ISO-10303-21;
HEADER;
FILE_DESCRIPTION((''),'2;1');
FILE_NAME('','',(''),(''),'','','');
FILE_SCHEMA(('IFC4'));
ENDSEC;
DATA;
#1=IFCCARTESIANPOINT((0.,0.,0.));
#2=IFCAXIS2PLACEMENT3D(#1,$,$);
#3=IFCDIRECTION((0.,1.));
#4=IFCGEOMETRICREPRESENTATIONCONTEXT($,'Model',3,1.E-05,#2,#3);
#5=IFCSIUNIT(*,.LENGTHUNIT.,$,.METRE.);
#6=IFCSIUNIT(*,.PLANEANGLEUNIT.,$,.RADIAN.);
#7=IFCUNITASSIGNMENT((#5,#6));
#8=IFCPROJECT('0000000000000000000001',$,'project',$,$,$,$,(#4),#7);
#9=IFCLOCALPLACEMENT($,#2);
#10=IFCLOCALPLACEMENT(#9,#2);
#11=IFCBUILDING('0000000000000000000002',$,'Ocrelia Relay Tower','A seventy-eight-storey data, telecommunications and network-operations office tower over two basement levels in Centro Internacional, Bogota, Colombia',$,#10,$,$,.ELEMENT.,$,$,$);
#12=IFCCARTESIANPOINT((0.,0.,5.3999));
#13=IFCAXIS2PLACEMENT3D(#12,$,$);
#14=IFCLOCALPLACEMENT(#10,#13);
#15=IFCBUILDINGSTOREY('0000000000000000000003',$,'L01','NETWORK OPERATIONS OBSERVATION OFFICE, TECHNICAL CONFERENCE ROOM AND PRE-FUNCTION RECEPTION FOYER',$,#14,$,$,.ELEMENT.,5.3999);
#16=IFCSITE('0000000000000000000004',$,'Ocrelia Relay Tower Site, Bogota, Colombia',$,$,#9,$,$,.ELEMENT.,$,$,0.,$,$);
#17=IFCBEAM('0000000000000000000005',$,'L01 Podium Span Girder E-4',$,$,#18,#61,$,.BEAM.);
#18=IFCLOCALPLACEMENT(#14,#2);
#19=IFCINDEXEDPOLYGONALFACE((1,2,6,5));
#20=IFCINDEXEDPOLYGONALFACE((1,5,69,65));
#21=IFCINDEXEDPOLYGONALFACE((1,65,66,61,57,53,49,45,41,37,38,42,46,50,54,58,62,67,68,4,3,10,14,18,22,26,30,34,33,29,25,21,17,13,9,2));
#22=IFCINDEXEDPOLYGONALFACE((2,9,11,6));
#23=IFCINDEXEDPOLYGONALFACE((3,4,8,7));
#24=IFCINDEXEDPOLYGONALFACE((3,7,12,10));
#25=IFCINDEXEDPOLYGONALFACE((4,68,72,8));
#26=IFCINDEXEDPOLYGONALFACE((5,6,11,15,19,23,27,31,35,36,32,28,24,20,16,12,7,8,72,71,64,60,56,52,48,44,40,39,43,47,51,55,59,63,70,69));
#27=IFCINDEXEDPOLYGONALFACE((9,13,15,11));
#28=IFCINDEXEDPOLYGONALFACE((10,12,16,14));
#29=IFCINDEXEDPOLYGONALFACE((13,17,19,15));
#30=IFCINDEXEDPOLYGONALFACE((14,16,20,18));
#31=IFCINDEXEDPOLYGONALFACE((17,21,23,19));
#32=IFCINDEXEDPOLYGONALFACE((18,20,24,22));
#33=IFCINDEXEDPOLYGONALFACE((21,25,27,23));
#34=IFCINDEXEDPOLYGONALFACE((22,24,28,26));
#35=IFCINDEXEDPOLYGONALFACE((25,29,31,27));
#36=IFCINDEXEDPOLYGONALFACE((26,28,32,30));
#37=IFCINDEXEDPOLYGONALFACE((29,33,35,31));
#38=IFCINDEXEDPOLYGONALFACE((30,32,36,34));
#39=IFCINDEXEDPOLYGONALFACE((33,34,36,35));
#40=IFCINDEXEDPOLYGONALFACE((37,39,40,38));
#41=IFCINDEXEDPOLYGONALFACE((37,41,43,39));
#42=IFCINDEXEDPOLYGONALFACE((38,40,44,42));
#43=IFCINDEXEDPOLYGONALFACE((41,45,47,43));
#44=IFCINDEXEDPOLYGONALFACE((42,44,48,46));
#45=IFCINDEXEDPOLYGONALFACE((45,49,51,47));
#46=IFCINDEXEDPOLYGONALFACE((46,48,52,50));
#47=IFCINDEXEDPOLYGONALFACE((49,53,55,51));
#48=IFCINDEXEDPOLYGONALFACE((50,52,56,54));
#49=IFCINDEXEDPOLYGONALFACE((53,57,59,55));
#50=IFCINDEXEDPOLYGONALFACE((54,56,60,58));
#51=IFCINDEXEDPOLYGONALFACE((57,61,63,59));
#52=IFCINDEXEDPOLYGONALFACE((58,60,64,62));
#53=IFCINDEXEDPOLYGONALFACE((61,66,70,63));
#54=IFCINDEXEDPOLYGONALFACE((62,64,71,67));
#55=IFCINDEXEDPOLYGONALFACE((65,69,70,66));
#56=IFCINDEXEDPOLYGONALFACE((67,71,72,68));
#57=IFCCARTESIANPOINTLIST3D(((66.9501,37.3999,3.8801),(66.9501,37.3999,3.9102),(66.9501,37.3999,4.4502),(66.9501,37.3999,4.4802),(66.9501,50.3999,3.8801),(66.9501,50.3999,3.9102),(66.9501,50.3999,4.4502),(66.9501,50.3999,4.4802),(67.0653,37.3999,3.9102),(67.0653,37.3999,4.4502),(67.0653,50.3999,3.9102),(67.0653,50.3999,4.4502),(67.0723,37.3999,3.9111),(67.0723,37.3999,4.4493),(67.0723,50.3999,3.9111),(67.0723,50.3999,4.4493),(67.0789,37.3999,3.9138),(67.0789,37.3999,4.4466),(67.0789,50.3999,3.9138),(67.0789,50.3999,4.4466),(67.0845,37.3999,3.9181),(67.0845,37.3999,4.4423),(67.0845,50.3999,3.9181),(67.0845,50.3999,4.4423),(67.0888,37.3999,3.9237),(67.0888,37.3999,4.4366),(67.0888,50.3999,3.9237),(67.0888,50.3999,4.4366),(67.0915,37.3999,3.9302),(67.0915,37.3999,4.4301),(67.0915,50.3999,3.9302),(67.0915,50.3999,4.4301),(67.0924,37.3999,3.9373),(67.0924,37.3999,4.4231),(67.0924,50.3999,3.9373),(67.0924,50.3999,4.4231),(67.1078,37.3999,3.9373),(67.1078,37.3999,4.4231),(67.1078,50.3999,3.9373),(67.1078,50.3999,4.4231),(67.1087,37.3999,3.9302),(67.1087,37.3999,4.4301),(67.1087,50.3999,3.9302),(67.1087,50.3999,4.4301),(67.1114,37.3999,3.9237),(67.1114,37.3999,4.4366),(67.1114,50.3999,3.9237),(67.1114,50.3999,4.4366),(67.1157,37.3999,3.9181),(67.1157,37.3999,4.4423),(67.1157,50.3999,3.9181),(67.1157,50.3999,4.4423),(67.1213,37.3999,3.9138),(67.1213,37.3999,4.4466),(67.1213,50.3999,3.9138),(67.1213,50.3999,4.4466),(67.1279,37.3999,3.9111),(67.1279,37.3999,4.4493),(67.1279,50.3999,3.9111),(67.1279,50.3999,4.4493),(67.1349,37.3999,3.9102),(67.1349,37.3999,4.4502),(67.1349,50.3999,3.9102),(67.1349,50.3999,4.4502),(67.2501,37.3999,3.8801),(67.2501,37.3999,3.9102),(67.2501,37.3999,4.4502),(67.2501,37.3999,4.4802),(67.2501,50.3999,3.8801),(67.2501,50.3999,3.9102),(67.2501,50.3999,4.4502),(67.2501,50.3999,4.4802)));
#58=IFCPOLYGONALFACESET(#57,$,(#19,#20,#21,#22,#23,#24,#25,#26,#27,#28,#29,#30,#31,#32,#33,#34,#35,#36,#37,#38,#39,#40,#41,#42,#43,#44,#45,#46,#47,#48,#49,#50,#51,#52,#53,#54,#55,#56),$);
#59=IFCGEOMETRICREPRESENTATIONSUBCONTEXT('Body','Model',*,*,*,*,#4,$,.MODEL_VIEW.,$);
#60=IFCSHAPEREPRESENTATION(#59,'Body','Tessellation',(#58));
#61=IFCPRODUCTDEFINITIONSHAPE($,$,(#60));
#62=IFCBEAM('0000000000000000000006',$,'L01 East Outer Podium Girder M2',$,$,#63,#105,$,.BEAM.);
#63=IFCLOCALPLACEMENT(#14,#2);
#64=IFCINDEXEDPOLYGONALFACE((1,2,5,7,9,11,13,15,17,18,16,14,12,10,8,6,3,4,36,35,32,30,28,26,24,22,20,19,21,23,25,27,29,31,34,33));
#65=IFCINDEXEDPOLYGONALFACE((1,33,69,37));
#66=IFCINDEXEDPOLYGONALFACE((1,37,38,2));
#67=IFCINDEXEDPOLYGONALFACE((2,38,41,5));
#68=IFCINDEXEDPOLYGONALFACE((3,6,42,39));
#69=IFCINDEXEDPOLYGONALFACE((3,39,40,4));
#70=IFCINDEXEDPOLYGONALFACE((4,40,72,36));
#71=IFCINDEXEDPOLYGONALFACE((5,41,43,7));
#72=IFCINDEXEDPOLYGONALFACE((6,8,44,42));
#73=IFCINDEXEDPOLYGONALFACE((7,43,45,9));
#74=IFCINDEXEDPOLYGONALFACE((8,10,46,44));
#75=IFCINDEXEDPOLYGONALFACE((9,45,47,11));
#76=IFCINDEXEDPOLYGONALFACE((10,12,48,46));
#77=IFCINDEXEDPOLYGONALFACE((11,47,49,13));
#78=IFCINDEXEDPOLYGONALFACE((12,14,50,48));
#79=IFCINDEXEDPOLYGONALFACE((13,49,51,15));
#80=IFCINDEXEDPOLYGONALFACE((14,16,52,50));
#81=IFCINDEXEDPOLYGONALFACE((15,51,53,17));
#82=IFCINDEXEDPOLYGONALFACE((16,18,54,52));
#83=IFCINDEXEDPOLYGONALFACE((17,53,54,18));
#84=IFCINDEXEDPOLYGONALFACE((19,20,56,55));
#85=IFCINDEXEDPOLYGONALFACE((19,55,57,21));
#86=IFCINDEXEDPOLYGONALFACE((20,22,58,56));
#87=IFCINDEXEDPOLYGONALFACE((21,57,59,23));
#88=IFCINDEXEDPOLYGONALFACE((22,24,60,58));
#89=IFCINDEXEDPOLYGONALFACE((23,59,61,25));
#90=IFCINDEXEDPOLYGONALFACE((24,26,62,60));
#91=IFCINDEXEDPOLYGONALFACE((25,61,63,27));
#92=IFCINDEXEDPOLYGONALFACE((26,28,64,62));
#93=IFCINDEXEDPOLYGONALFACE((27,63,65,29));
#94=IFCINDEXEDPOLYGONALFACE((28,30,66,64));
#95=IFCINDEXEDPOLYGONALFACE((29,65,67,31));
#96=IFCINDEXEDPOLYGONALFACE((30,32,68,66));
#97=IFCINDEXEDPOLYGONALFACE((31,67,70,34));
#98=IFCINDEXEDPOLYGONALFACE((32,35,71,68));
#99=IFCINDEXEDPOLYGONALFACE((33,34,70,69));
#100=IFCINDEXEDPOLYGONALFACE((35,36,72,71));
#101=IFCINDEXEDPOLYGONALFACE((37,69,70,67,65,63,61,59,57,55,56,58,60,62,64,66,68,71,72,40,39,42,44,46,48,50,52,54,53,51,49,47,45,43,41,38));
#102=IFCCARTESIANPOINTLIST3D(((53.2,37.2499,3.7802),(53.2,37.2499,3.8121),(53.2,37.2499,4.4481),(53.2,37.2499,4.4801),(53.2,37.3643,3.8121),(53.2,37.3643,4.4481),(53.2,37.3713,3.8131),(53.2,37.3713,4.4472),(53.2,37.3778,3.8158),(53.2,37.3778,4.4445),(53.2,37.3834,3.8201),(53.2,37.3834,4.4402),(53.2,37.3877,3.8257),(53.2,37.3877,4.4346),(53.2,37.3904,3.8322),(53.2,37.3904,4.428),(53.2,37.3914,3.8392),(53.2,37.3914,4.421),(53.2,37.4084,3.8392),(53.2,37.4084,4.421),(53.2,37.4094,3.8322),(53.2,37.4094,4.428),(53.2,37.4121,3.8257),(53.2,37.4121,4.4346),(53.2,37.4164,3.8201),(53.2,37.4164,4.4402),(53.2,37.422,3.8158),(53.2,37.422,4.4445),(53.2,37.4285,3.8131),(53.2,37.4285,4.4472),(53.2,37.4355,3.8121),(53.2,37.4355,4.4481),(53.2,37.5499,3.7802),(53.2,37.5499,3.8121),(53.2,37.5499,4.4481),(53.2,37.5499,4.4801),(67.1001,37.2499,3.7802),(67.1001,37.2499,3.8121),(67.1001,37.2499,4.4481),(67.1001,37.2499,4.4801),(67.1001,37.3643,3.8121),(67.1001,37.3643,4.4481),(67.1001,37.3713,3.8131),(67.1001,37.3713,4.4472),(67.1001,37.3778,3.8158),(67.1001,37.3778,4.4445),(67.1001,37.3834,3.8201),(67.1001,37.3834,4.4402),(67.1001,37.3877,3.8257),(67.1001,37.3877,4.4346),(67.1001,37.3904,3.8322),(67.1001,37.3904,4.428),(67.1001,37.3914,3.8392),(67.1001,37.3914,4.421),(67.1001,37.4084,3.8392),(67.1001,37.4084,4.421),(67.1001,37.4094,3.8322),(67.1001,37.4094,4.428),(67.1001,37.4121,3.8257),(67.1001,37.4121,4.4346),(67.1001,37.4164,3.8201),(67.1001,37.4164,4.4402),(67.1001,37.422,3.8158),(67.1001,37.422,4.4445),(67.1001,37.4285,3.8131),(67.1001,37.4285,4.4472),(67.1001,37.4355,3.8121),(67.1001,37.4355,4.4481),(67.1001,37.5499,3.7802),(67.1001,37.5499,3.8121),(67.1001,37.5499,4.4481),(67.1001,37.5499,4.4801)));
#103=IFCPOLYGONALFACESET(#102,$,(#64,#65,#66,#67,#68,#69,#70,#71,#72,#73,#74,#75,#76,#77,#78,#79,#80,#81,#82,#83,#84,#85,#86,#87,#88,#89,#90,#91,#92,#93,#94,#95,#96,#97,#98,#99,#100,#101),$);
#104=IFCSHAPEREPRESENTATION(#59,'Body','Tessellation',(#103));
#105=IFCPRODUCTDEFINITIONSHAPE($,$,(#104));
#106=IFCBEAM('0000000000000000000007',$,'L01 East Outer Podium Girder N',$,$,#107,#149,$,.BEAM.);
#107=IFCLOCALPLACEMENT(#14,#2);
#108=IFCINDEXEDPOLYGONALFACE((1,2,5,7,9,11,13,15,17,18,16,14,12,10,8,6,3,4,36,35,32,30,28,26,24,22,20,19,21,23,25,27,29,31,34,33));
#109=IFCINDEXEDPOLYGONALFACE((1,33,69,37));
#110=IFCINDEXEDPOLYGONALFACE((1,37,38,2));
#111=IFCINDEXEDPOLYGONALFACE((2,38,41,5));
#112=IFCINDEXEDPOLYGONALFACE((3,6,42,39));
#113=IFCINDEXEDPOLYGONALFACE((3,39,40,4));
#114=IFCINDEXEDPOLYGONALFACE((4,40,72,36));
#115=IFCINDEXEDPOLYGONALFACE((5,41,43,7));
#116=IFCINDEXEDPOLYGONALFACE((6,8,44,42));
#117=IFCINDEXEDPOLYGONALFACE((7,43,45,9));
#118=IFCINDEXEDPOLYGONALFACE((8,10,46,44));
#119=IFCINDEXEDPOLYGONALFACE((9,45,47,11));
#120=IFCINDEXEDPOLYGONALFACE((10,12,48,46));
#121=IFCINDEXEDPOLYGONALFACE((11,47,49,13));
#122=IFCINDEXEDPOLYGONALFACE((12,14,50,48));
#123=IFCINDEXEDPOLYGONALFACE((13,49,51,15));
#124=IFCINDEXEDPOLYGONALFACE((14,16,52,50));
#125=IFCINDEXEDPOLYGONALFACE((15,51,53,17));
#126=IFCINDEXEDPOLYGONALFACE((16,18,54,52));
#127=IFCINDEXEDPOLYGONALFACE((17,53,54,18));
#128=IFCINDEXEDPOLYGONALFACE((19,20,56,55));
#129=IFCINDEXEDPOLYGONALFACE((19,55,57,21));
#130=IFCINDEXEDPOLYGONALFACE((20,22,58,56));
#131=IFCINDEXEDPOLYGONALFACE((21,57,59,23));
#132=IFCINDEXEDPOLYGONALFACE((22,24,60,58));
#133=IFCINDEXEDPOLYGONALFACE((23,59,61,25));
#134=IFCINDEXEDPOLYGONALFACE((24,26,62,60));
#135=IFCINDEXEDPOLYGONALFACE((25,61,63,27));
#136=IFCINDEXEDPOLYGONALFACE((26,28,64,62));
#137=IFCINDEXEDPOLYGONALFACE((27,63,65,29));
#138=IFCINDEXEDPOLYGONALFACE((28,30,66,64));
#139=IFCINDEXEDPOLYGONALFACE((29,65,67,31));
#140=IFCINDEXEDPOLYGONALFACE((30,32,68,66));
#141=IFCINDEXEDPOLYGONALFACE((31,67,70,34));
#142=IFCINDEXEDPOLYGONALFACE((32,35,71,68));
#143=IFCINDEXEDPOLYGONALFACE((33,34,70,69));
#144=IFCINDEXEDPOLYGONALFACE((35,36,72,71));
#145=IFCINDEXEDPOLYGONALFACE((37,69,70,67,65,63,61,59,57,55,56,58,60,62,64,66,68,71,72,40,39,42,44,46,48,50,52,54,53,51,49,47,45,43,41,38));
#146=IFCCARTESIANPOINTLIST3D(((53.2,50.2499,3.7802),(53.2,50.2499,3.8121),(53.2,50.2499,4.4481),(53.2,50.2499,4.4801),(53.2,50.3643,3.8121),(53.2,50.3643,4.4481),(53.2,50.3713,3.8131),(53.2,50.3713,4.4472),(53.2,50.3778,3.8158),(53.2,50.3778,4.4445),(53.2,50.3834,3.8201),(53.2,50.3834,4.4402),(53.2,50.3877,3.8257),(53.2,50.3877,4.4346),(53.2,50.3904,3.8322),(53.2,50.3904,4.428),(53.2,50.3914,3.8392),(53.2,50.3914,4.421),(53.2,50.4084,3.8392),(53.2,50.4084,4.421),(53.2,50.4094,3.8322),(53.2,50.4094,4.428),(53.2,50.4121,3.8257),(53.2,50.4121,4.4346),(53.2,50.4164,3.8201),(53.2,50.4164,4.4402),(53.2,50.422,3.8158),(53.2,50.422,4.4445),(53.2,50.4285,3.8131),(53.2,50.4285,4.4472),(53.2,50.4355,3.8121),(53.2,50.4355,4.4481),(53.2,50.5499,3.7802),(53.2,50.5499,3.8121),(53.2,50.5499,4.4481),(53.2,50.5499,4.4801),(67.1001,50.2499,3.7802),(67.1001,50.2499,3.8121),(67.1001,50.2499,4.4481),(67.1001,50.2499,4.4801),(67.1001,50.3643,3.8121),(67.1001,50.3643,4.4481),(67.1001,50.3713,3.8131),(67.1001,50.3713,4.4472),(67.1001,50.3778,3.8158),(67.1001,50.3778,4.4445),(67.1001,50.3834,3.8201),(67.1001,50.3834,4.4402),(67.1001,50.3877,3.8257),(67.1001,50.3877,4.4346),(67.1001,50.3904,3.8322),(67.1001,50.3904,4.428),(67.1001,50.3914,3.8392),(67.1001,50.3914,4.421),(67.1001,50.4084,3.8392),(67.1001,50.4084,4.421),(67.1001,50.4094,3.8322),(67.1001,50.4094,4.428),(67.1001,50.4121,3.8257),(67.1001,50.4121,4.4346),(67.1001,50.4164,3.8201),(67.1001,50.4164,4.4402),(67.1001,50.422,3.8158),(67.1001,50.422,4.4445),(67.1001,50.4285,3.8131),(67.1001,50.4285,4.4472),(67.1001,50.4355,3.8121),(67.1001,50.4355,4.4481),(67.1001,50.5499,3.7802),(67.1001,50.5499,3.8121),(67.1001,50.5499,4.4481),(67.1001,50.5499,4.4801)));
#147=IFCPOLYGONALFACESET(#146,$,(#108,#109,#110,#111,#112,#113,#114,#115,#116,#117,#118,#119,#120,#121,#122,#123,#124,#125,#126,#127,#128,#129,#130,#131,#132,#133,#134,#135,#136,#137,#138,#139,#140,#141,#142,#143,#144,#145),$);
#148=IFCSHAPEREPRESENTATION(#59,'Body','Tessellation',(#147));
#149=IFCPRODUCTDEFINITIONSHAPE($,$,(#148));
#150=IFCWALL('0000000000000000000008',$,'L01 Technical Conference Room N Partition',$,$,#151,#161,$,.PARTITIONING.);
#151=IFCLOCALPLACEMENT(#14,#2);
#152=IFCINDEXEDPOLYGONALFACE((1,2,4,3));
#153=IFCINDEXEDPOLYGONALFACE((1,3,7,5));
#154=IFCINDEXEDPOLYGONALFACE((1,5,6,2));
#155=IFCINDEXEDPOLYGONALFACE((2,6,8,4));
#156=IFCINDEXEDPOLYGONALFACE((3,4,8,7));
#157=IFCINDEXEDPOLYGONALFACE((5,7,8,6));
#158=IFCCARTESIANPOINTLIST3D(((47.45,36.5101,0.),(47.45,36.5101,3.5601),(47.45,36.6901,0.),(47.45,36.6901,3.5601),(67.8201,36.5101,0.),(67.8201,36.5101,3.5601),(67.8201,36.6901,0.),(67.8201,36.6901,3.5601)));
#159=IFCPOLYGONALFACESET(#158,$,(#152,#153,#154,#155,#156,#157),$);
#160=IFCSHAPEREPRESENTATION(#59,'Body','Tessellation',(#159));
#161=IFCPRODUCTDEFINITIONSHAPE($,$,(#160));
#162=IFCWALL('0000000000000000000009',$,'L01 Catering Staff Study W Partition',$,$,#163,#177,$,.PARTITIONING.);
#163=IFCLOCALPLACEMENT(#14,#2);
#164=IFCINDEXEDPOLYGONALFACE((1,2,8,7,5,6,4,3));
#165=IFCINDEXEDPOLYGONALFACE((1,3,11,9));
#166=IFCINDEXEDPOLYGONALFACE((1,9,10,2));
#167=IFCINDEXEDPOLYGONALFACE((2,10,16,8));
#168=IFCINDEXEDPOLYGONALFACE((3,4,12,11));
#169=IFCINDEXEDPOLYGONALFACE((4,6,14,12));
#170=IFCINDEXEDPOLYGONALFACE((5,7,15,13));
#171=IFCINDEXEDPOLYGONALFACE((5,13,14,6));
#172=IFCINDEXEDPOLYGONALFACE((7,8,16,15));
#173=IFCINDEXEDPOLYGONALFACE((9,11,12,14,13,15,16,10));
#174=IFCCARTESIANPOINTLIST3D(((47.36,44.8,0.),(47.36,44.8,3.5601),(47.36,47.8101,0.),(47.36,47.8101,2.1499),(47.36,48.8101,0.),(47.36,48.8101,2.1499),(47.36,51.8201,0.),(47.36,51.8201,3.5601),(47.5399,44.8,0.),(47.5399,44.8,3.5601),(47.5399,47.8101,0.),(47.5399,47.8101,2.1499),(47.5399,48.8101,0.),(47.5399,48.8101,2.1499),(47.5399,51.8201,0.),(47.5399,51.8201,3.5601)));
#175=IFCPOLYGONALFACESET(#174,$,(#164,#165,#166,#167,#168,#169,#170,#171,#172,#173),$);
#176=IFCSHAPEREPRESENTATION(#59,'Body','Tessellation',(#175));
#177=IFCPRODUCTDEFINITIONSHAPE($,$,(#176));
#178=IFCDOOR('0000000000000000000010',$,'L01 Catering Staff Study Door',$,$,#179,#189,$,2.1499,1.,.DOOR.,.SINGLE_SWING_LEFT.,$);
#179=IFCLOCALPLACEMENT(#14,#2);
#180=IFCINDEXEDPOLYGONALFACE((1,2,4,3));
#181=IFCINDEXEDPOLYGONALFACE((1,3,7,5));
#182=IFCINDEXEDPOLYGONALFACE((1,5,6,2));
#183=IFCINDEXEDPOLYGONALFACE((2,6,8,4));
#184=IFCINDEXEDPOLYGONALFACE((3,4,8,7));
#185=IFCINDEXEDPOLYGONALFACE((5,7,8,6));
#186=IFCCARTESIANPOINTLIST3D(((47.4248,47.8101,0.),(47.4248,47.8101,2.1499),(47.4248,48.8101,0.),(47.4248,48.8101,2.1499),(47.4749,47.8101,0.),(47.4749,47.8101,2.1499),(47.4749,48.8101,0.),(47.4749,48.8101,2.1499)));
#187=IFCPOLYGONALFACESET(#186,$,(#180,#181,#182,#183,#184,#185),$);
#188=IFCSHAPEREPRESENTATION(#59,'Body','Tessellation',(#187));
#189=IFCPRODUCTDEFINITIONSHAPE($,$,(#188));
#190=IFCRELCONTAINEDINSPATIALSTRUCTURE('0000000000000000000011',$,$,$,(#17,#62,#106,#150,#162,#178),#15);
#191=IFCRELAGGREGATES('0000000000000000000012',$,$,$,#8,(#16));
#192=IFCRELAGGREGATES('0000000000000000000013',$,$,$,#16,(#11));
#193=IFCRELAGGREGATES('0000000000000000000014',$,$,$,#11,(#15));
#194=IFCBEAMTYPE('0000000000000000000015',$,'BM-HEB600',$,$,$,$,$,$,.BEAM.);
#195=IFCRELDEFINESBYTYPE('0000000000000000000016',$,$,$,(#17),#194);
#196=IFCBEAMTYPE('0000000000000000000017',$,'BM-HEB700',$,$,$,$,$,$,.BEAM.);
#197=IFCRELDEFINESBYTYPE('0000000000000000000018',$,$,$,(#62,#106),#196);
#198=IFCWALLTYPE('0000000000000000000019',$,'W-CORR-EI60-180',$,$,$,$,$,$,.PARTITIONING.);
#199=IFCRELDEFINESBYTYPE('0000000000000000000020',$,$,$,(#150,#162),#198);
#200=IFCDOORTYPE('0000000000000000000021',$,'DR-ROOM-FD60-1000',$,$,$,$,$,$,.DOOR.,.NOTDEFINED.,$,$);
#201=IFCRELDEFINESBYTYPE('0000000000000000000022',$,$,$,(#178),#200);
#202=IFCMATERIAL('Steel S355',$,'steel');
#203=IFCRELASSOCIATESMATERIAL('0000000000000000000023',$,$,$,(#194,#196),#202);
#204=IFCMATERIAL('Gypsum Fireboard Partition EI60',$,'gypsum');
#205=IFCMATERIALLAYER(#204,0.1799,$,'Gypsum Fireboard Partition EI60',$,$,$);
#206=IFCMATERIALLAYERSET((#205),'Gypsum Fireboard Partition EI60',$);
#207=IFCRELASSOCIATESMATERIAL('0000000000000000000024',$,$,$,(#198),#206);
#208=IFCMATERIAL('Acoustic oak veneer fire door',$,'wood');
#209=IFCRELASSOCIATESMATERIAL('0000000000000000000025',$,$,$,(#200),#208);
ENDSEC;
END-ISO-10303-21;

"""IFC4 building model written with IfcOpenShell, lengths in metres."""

from ifc_helpers import new_model, si_unit, direction, frame, frame_2d, origin, origin_2d, place, context, subcontext, project, spatial, rectangle, i_section, extrude, material, layer, layer_set, material_profile, profile_set, type_object, element, fill, save


model = new_model("IFC4")

# Units and contexts
model_context = context("Model", 3, precision=1e-05, world=origin(), true_north=direction((0.0, 1.0)))
body_context = subcontext(model_context, "Body", "Model", "MODEL_VIEW")
ifc_project = project(units=[si_unit("LENGTHUNIT", "METRE"), si_unit("PLANEANGLEUNIT", "RADIAN")], contexts=[model_context])

# Site, building, storey
site_placement = place(None, origin())
site = spatial("IfcSite", under=ifc_project, at=site_placement, Name="Ocrelia Relay Tower Site, Bogota, Colombia", CompositionType="ELEMENT", RefElevation=0.0)
building_placement = place(site_placement, origin())
building = spatial("IfcBuilding", under=site, at=building_placement, Name="Ocrelia Relay Tower", Description="A seventy-eight-storey data, telecommunications and network-operations office tower over two basement levels in Centro Internacional, Bogota, Colombia", CompositionType="ELEMENT")
storey_placement = place(building_placement, frame((0.0, 0.0, 5.3999)))
storey = spatial("IfcBuildingStorey", under=building, at=storey_placement, Name="L01", Description="NETWORK OPERATIONS OBSERVATION OFFICE, TECHNICAL CONFERENCE ROOM AND PRE-FUNCTION RECEPTION FOYER", CompositionType="ELEMENT", Elevation=5.3999)

# Beams
ifc_material_1 = material(Name="Steel S355", Category="steel")
ifc_material_profile_1 = material_profile(ifc_material_1, i_section(OverallWidth=0.3, OverallDepth=0.6001, WebThickness=0.0154, FlangeThickness=0.03, FilletRadius=0.0271, at=origin_2d()), Name="HEB 600")
ifc_profile_set_1 = profile_set([ifc_material_profile_1], Name="Steel S355")
beam_type_1 = type_object("IfcBeamType", Name="BM-HEB600", PredefinedType="BEAM", material=ifc_profile_set_1)
for number, where, z_axis, x_axis, name in (
    (1, (67.1001, 37.3999, 4.1802), (0.0, 1.0, 0.0), (-1.0, 0.0, 0.0), "L01 Podium Span Girder E-4"),
):
    element("IfcBeam", number, at=place(storey_placement, frame(where, z_axis=z_axis, x_axis=x_axis)), inside=storey, type_object=beam_type_1, Name=name, PredefinedType="BEAM", context=body_context, shape_type="SweptSolid", body=[
        extrude(i_section(OverallWidth=0.3, OverallDepth=0.6001, WebThickness=0.0154, FlangeThickness=0.03, FilletRadius=0.0271, at=origin_2d()), origin(), (0.0, 0.0, 1.0), 13.0),
    ])
ifc_material_profile_2 = material_profile(ifc_material_1, i_section(OverallWidth=0.3, OverallDepth=0.7, WebThickness=0.0171, FlangeThickness=0.032, FilletRadius=0.0271, at=origin_2d()), Name="HEB 700")
ifc_profile_set_2 = profile_set([ifc_material_profile_2], Name="Steel S355")
beam_type_2 = type_object("IfcBeamType", Name="BM-HEB700", PredefinedType="BEAM", material=ifc_profile_set_2)
for number, where, z_axis, x_axis, name in (
    (2, (53.2, 37.3999, 4.1301), (1.0, 0.0, 0.0), (0.0, 1.0, 0.0), "L01 East Outer Podium Girder M2"),
    (3, (53.2, 50.3999, 4.1301), (1.0, 0.0, 0.0), (0.0, 1.0, 0.0), "L01 East Outer Podium Girder N"),
):
    element("IfcBeam", number, at=place(storey_placement, frame(where, z_axis=z_axis, x_axis=x_axis)), inside=storey, type_object=beam_type_2, Name=name, PredefinedType="BEAM", context=body_context, shape_type="SweptSolid", body=[
        extrude(i_section(OverallWidth=0.3, OverallDepth=0.7, WebThickness=0.0171, FlangeThickness=0.032, FilletRadius=0.0271, at=origin_2d()), origin(), (0.0, 0.0, 1.0), 13.9001),
    ])

# Wall
ifc_material_2 = material(Name="Gypsum Fireboard Partition EI60", Category="gypsum")
ifc_layer_1 = layer(ifc_material_2, 0.1799, Name="Gypsum Fireboard Partition EI60")
ifc_layer_set_1 = layer_set([ifc_layer_1], Name="Gypsum Fireboard Partition EI60")
wall_type_1 = type_object("IfcWallType", Name="W-CORR-EI60-180", PredefinedType="PARTITIONING", material=ifc_layer_set_1)
wall_1_placement = place(storey_placement, frame((67.8201, 36.6001, 0.0), z_axis=(0.0, 0.0, 1.0), x_axis=(-1.0, 0.0, 0.0)))
element("IfcWall", 4, at=wall_1_placement, inside=storey, type_object=wall_type_1, Name="L01 Technical Conference Room N Partition", PredefinedType="PARTITIONING", context=body_context, shape_type="SweptSolid", body=[
    extrude(rectangle(XDim=20.3701, YDim=0.1799, at=frame_2d((10.1851, 0.0))), origin(), (0.0, 0.0, 1.0), 3.5601),
])

# Wall, opening, door
wall_2_placement = place(storey_placement, frame((47.45, 51.8201, 0.0), z_axis=(0.0, 0.0, 1.0), x_axis=(0.0, -1.0, 0.0)))
wall_2 = element("IfcWall", 5, at=wall_2_placement, inside=storey, type_object=wall_type_1, Name="L01 Catering Staff Study W Partition", PredefinedType="PARTITIONING", context=body_context, shape_type="SweptSolid", body=[
    extrude(rectangle(XDim=7.02, YDim=0.1799, at=frame_2d((3.51, 0.0))), origin(), (0.0, 0.0, 1.0), 3.5601),
])
opening_1_placement = place(wall_2_placement, frame((3.01, 0.0, 0.0)))
opening_1 = element("IfcOpeningElement", 6, at=opening_1_placement, cuts=wall_2, PredefinedType="OPENING", context=body_context, shape_type="SweptSolid", body=[
    extrude(rectangle(XDim=1.0, YDim=2.1499, at=frame_2d((0.5, 1.075))), frame((0.0, 0.1001, 0.0), z_axis=(0.0, -1.0, 0.0), x_axis=(1.0, 0.0, 0.0)), (0.0, 0.0, 1.0), 0.2),
])
ifc_material_3 = material(Name="Acoustic oak veneer fire door", Category="wood")
door_type = type_object("IfcDoorType", Name="DR-ROOM-FD60-1000", OperationType="NOTDEFINED", PredefinedType="DOOR", material=ifc_material_3)
door_placement = place(opening_1_placement, origin())
door = element("IfcDoor", 7, at=door_placement, inside=storey, type_object=door_type, Name="L01 Catering Staff Study Door", OperationType="SINGLE_SWING_LEFT", OverallHeight=2.1499, OverallWidth=1.0, PredefinedType="DOOR", context=body_context, shape_type="SweptSolid", body=[
    extrude(rectangle(XDim=1.0, YDim=2.1499, at=frame_2d((0.5, 1.075))), frame((0.0, 0.0249, 0.0), z_axis=(0.0, -1.0, 0.0), x_axis=(1.0, 0.0, 0.0)), (0.0, 0.0, 1.0), 0.05),
])
fill(opening_1, door)

save(model, "model.ifc")
